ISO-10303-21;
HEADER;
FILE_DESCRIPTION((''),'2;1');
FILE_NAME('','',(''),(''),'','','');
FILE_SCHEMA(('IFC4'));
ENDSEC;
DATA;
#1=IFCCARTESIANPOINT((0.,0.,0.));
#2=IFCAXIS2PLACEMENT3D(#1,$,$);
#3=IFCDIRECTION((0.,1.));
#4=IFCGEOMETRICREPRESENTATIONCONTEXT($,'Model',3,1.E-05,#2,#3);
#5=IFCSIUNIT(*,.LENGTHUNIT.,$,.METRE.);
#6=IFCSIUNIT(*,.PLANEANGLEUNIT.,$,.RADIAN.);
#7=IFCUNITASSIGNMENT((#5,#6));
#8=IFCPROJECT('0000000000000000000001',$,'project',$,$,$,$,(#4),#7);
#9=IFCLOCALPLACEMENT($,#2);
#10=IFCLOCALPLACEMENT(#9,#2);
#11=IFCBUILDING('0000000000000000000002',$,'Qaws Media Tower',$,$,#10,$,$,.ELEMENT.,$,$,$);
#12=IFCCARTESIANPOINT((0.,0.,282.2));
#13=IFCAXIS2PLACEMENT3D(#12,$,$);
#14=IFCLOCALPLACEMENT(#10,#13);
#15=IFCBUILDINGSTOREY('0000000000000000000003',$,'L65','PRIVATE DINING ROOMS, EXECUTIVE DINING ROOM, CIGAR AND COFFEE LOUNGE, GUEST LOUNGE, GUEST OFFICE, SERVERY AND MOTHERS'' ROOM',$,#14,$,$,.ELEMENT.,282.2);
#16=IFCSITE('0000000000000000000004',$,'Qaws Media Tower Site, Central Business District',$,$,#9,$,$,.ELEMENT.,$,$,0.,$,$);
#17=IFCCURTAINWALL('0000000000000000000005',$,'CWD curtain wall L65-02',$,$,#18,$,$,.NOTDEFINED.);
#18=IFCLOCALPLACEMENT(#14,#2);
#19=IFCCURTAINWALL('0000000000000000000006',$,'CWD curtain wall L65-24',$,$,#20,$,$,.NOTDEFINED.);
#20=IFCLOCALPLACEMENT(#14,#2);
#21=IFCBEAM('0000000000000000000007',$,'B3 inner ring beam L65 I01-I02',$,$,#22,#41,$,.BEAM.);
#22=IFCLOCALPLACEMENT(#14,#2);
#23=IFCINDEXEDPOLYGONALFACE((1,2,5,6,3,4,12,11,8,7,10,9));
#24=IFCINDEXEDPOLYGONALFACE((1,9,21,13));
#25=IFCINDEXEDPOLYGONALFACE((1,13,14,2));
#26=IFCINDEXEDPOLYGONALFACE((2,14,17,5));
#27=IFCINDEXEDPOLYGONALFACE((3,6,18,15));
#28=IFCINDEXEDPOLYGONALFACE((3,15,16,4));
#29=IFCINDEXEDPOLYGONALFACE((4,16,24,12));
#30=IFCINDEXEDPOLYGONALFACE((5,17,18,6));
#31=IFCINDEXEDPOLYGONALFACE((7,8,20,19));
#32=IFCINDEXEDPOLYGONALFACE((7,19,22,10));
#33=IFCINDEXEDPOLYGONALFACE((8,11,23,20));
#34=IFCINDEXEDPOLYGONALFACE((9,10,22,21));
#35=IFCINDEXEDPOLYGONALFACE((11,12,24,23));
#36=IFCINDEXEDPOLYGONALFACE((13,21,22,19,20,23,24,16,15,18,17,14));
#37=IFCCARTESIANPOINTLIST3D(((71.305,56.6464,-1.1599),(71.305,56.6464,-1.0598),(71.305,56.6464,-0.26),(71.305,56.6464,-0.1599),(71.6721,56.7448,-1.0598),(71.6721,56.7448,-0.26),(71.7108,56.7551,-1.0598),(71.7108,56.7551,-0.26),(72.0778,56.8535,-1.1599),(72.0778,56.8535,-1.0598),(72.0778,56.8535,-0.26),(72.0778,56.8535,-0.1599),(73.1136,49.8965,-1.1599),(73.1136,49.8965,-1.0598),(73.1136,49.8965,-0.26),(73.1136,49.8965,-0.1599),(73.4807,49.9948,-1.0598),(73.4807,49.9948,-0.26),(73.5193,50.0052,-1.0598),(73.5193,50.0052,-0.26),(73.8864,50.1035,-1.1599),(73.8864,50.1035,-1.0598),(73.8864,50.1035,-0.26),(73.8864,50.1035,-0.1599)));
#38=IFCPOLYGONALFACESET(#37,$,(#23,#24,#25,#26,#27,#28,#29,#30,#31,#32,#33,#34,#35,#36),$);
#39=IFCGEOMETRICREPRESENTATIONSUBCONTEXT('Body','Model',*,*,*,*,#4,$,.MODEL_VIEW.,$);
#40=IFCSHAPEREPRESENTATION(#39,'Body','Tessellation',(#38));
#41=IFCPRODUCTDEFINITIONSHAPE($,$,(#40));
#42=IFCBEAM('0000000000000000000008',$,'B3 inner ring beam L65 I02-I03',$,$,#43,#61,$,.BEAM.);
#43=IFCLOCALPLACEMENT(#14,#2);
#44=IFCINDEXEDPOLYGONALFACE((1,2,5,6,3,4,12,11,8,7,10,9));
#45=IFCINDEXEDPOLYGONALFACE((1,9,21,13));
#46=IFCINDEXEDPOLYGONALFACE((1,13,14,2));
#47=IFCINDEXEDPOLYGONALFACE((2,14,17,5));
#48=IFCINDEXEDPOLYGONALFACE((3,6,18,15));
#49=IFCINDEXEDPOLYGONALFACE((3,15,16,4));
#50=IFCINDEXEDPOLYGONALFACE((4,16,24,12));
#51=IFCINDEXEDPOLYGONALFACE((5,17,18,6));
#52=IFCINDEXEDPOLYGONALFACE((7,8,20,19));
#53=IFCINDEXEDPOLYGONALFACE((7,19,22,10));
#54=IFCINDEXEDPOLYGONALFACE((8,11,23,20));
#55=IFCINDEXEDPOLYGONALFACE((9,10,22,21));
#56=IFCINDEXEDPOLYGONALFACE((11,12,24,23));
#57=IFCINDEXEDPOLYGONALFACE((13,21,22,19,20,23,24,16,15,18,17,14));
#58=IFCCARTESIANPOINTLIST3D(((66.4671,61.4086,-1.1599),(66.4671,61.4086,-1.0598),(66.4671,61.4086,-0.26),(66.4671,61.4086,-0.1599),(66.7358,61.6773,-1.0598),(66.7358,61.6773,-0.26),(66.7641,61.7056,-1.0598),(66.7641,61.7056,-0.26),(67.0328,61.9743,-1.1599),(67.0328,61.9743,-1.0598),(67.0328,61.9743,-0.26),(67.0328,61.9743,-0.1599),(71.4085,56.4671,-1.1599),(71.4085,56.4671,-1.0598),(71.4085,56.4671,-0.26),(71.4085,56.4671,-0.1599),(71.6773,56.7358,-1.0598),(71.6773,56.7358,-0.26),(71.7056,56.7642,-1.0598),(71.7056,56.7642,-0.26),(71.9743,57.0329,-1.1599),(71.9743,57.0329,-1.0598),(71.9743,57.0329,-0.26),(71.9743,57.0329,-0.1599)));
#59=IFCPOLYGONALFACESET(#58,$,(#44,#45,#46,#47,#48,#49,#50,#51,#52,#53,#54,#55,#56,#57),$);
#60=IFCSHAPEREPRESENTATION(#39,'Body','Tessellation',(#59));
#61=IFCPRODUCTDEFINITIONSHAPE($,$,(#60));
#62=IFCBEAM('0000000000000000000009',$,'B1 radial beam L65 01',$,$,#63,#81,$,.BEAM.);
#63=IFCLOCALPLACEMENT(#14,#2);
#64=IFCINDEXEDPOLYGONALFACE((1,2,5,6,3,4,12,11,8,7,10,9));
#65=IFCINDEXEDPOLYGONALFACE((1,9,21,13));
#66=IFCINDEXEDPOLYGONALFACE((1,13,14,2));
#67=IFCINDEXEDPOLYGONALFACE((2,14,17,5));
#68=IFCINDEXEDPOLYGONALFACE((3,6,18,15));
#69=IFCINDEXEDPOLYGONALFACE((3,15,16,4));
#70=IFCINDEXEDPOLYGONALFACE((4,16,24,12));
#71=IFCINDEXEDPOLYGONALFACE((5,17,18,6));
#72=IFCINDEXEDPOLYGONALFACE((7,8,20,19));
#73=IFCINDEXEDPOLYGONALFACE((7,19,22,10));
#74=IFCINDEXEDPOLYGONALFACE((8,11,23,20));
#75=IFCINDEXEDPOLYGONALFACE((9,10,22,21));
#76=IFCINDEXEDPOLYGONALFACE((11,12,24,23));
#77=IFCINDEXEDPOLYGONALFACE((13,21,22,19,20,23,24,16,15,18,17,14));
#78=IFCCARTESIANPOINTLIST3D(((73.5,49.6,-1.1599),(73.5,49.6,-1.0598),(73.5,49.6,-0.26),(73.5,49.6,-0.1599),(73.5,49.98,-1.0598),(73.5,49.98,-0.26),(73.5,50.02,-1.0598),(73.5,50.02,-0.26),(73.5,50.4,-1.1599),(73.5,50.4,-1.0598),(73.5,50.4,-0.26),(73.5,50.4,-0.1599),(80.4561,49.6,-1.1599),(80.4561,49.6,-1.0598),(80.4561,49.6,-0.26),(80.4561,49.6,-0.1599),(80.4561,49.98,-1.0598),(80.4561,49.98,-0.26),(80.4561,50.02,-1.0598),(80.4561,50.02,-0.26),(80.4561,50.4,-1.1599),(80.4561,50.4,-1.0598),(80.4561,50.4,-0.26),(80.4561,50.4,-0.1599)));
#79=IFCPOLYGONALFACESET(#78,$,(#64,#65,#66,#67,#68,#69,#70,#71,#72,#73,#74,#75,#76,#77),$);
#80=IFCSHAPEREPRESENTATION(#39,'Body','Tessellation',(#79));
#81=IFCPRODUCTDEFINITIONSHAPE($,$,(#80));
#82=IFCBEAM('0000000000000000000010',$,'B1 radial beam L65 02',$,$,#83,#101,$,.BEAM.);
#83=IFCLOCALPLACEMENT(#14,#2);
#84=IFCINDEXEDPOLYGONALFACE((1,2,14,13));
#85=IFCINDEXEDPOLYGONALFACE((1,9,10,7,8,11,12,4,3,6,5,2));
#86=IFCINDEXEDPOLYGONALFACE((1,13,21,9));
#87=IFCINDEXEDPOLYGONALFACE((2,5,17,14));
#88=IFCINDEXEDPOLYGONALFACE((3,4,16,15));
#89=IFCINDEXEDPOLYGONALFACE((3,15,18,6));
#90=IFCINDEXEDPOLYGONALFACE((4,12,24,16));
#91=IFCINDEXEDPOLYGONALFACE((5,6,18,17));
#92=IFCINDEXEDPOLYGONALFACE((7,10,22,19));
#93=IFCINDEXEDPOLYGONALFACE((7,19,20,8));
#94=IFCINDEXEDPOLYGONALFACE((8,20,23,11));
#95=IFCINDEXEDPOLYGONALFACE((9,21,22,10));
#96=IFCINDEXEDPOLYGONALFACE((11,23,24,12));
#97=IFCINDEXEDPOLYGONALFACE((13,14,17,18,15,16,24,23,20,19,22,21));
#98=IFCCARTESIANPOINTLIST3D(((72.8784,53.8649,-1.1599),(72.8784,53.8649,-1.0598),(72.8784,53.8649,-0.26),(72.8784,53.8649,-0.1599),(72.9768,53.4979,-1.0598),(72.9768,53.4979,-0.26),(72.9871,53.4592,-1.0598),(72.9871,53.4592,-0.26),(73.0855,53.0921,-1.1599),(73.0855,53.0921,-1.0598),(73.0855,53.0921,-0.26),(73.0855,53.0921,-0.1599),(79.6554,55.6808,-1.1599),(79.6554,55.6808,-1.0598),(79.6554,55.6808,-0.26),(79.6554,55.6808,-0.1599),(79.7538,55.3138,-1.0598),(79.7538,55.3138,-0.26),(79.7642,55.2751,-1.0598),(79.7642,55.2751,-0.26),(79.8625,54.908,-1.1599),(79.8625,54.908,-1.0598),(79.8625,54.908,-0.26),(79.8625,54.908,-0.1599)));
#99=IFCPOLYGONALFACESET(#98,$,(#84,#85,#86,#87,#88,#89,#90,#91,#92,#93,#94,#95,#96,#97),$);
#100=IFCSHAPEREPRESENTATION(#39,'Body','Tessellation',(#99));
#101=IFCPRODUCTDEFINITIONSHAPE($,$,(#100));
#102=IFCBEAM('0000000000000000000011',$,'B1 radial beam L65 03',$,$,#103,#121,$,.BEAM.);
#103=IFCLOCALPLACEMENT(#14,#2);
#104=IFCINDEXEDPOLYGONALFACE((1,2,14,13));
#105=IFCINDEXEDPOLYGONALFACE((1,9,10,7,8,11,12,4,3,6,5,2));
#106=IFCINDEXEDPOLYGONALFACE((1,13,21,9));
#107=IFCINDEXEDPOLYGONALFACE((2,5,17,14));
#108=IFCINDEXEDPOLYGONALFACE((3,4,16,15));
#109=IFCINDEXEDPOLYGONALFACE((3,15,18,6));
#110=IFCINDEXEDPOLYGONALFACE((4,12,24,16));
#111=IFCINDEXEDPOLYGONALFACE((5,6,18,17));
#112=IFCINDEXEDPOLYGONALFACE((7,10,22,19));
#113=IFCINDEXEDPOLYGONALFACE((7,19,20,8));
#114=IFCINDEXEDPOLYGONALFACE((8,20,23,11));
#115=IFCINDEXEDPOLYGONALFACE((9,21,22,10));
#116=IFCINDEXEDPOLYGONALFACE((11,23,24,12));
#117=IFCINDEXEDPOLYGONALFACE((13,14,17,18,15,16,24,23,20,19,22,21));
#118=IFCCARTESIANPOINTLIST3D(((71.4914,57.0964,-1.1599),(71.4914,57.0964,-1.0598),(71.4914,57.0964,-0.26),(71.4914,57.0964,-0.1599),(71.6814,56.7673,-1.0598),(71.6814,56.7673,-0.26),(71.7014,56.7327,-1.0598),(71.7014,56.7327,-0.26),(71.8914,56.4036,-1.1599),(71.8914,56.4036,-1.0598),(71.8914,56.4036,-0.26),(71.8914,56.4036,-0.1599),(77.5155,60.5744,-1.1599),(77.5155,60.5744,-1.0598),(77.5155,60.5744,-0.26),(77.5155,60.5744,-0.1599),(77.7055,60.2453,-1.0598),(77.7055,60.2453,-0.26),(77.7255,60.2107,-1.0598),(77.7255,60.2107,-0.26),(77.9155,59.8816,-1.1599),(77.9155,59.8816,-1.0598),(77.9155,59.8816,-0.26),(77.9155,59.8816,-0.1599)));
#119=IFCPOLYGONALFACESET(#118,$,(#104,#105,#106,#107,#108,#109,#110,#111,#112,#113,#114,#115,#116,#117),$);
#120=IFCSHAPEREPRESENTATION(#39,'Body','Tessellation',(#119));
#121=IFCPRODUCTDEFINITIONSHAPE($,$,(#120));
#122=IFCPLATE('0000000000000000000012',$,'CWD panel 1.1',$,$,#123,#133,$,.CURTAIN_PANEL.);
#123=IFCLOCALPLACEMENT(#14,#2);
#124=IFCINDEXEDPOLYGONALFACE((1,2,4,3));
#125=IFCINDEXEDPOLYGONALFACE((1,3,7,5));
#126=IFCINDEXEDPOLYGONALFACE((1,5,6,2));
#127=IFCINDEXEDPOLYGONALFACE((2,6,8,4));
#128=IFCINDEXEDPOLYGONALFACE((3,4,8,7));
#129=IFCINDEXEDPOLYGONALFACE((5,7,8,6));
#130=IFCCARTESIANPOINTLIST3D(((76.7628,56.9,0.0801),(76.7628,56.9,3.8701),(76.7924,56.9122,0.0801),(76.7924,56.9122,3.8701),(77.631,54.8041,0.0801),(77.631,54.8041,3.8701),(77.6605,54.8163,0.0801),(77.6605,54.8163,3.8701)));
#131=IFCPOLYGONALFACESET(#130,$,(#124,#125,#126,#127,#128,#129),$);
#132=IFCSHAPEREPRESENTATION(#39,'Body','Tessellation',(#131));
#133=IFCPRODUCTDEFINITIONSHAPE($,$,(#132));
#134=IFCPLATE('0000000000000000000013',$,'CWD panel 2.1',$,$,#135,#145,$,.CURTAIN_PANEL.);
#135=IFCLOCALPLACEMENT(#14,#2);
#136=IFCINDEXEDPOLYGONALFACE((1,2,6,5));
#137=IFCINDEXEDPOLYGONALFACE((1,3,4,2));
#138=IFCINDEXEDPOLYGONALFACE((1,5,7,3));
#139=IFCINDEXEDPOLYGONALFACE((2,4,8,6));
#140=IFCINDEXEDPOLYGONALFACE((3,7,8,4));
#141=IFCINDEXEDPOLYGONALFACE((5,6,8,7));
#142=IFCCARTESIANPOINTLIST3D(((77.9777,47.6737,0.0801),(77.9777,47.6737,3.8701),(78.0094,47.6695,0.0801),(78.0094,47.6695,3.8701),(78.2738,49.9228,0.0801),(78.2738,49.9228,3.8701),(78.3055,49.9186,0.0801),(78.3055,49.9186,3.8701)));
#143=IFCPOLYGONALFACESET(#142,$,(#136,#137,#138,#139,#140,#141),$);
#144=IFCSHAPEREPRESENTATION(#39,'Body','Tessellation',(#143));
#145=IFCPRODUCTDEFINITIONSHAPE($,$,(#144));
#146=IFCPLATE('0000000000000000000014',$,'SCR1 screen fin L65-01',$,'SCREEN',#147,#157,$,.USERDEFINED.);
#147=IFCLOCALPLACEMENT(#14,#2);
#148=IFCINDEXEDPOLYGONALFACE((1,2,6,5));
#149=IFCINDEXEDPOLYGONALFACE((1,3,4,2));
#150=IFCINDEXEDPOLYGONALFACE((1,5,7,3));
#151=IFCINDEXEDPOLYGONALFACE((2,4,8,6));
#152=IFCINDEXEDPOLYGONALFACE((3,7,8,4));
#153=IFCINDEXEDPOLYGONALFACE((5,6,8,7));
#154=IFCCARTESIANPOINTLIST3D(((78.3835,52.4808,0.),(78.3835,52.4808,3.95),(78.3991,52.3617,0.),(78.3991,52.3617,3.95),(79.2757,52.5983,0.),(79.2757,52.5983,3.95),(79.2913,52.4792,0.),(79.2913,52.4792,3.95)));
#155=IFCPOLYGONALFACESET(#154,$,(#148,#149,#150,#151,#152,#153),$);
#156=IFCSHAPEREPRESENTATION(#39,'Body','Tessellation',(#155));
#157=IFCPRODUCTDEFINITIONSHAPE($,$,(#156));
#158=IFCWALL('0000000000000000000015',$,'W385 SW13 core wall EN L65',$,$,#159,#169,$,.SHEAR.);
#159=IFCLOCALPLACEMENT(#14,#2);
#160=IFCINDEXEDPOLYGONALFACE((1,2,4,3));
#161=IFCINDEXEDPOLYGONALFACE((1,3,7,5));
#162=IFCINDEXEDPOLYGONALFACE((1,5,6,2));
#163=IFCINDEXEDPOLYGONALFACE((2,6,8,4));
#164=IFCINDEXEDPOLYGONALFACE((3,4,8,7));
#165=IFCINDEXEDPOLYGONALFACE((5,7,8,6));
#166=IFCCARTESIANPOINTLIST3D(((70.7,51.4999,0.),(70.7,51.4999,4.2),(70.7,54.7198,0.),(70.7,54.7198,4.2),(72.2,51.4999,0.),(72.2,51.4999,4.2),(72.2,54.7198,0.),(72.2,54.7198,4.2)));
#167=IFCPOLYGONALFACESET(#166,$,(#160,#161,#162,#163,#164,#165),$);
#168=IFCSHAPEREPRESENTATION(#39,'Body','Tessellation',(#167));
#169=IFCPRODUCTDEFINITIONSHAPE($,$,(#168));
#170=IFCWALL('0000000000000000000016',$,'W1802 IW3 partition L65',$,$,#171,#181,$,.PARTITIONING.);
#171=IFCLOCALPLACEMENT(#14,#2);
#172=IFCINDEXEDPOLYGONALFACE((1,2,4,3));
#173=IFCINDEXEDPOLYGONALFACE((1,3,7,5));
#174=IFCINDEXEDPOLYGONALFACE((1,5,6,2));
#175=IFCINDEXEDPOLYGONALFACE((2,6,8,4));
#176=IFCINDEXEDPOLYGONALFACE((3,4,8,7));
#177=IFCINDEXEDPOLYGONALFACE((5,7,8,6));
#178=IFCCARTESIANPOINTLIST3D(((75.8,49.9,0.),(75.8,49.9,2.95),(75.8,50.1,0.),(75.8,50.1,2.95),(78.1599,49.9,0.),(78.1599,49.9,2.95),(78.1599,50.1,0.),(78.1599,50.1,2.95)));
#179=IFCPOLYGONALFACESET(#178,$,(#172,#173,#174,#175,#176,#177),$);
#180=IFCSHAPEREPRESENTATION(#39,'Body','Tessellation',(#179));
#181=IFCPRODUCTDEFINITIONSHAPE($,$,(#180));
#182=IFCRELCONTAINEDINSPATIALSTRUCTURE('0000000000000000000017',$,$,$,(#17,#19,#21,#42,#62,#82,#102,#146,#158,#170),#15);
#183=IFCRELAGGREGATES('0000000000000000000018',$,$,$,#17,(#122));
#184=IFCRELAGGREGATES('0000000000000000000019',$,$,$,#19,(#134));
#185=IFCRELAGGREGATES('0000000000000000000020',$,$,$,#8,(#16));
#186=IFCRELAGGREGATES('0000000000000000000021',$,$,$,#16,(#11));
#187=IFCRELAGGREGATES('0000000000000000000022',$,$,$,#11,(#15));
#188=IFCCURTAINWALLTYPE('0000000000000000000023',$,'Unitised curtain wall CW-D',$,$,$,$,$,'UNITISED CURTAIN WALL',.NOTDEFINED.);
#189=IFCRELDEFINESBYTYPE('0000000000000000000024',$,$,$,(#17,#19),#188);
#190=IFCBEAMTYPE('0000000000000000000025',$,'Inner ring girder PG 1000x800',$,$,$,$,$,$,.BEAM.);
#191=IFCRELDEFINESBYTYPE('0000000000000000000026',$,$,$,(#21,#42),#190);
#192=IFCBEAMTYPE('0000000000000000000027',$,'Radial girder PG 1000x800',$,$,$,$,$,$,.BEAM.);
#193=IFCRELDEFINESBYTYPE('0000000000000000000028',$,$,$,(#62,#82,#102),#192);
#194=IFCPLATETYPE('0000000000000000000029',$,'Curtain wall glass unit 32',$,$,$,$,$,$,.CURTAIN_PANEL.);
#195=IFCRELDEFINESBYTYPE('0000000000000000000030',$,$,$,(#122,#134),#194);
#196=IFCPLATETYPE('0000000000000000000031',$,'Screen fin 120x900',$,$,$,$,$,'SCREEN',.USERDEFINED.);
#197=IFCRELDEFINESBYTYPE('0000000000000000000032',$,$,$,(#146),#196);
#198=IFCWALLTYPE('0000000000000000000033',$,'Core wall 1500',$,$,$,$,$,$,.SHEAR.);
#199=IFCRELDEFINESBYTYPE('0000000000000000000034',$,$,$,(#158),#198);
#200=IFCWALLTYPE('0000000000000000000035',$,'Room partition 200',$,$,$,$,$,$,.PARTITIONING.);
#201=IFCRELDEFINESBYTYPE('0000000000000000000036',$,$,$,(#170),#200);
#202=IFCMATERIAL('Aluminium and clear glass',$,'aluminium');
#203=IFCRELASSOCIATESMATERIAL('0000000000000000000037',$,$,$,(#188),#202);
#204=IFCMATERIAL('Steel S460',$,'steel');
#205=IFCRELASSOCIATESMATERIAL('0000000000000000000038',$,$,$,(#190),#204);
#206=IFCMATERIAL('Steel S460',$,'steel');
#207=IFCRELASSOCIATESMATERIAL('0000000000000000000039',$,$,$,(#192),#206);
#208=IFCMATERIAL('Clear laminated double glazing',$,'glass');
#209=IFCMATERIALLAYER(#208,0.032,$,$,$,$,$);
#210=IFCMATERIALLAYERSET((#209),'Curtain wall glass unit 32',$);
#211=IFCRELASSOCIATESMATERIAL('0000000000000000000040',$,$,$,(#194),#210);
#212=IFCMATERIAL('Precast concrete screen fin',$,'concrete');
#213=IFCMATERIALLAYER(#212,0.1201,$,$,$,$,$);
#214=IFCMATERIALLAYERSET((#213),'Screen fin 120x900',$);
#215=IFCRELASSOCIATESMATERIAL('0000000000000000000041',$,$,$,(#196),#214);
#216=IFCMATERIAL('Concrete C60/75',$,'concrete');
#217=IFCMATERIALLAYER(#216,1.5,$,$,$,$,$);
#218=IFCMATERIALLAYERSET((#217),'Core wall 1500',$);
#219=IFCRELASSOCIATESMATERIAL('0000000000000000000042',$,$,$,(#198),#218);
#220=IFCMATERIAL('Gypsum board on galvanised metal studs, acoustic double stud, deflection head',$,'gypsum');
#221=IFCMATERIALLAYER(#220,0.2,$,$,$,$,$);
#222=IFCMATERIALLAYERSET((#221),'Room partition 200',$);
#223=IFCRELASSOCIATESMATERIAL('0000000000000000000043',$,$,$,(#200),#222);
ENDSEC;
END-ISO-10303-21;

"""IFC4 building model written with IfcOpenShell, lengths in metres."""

from ifc_helpers import new_model, si_unit, direction, frame, frame_2d, origin, origin_2d, place, context, subcontext, project, spatial, rectangle, i_section, extrude, material, layer, layer_set, material_profile, profile_set, type_object, element, aggregate, save


model = new_model("IFC4")

# Units and contexts
model_context = context("Model", 3, precision=1e-05, world=origin(), true_north=direction((0.0, 1.0)))
body_context = subcontext(model_context, "Body", "Model", "MODEL_VIEW")
ifc_project = project(units=[si_unit("LENGTHUNIT", "METRE"), si_unit("PLANEANGLEUNIT", "RADIAN")], contexts=[model_context])

# Site, building, storey
site_placement = place(None, origin())
site = spatial("IfcSite", under=ifc_project, at=site_placement, Name="Qaws Media Tower Site, Central Business District", CompositionType="ELEMENT", RefElevation=0.0)
building_placement = place(site_placement, origin())
building = spatial("IfcBuilding", under=site, at=building_placement, Name="Qaws Media Tower", CompositionType="ELEMENT")
storey_placement = place(building_placement, frame((0.0, 0.0, 282.2)))
storey = spatial("IfcBuildingStorey", under=building, at=storey_placement, Name="L65", Description="PRIVATE DINING ROOMS, EXECUTIVE DINING ROOM, CIGAR AND COFFEE LOUNGE, GUEST LOUNGE, GUEST OFFICE, SERVERY AND MOTHERS' ROOM", CompositionType="ELEMENT", Elevation=282.2)

# Curtain wall
ifc_material_1 = material(Name="Aluminium and clear glass", Category="aluminium")
curtain_wall_type = type_object("IfcCurtainWallType", Name="Unitised curtain wall CW-D", ElementType="UNITISED CURTAIN WALL", PredefinedType="NOTDEFINED", material=ifc_material_1)
curtain_wall_1_placement = place(storey_placement, origin())
curtain_wall_1 = element("IfcCurtainWall", 1, at=curtain_wall_1_placement, inside=storey, type_object=curtain_wall_type, Name="CWD curtain wall L65-02", PredefinedType="NOTDEFINED")

# Curtain wall
curtain_wall_2_placement = place(storey_placement, origin())
curtain_wall_2 = element("IfcCurtainWall", 2, at=curtain_wall_2_placement, inside=storey, type_object=curtain_wall_type, Name="CWD curtain wall L65-24", PredefinedType="NOTDEFINED")

# Beams
ifc_material_2 = material(Name="Steel S460", Category="steel")
ifc_material_profile_1 = material_profile(ifc_material_2, i_section(OverallWidth=0.8, OverallDepth=1.0, WebThickness=0.04, FlangeThickness=0.1001, at=origin_2d()), Name="PG 1000x800")
ifc_profile_set_1 = profile_set([ifc_material_profile_1], Name="Steel S460")
beam_type_1 = type_object("IfcBeamType", Name="Inner ring girder PG 1000x800", PredefinedType="BEAM", material=ifc_profile_set_1)
beam_1_placement = place(storey_placement, frame((73.5, 50.0, -0.6599), z_axis=(-0.258811, 0.965928, 0.0), x_axis=(-0.965928, -0.258811, 0.0)))
element("IfcBeam", 3, at=beam_1_placement, inside=storey, type_object=beam_type_1, Name="B3 inner ring beam L65 I01-I02", PredefinedType="BEAM", context=body_context, shape_type="SweptSolid", body=[
    extrude(i_section(OverallWidth=0.8, OverallDepth=1.0, WebThickness=0.04, FlangeThickness=0.1001, at=origin_2d()), origin(), (0.0, 0.0, 1.0), 6.988),
])
beam_2_placement = place(storey_placement, frame((71.6914, 56.75, -0.6599), z_axis=(-0.707107, 0.707107, 0.0), x_axis=(-0.707107, -0.707107, 0.0)))
element("IfcBeam", 4, at=beam_2_placement, inside=storey, type_object=beam_type_1, Name="B3 inner ring beam L65 I02-I03", PredefinedType="BEAM", context=body_context, shape_type="SweptSolid", body=[
    extrude(i_section(OverallWidth=0.8, OverallDepth=1.0, WebThickness=0.04, FlangeThickness=0.1001, at=origin_2d()), origin(), (0.0, 0.0, 1.0), 6.9883),
])
ifc_material_3 = material(Name="Steel S460", Category="steel")
ifc_material_profile_2 = material_profile(ifc_material_3, i_section(OverallWidth=0.8, OverallDepth=1.0, WebThickness=0.04, FlangeThickness=0.1001, at=origin_2d()), Name="PG 1000x800")
ifc_profile_set_2 = profile_set([ifc_material_profile_2], Name="Steel S460")
beam_type_2 = type_object("IfcBeamType", Name="Radial girder PG 1000x800", PredefinedType="BEAM", material=ifc_profile_set_2)
beam_3_placement = place(storey_placement, frame((73.5, 50.0, -0.6599), z_axis=(1.0, 0.0, 0.0), x_axis=(0.0, 1.0, 0.0)))
element("IfcBeam", 5, at=beam_3_placement, inside=storey, type_object=beam_type_2, Name="B1 radial beam L65 01", PredefinedType="BEAM", context=body_context, shape_type="SweptSolid", body=[
    extrude(i_section(OverallWidth=0.8, OverallDepth=1.0, WebThickness=0.04, FlangeThickness=0.1001, at=origin_2d()), origin(), (0.0, 0.0, 1.0), 6.9561),
])
beam_4_placement = place(storey_placement, frame((72.9819, 53.4785, -0.6599), z_axis=(0.965926, 0.258819, 0.0), x_axis=(-0.258819, 0.965926, 0.0)))
element("IfcBeam", 6, at=beam_4_placement, inside=storey, type_object=beam_type_2, Name="B1 radial beam L65 02", PredefinedType="BEAM", context=body_context, shape_type="SweptSolid", body=[
    extrude(i_section(OverallWidth=0.8, OverallDepth=1.0, WebThickness=0.04, FlangeThickness=0.1001, at=origin_2d()), origin(), (0.0, 0.0, 1.0), 7.0161),
])
beam_5_placement = place(storey_placement, frame((71.6914, 56.75, -0.6599), z_axis=(0.866027, 0.499997, 0.0), x_axis=(-0.499997, 0.866027, 0.0)))
element("IfcBeam", 7, at=beam_5_placement, inside=storey, type_object=beam_type_2, Name="B1 radial beam L65 03", PredefinedType="BEAM", context=body_context, shape_type="SweptSolid", body=[
    extrude(i_section(OverallWidth=0.8, OverallDepth=1.0, WebThickness=0.04, FlangeThickness=0.1001, at=origin_2d()), origin(), (0.0, 0.0, 1.0), 6.9561),
])

# Plates
ifc_material_4 = material(Name="Clear laminated double glazing", Category="glass")
ifc_layer_1 = layer(ifc_material_4, 0.032)
ifc_layer_set_1 = layer_set([ifc_layer_1], Name="Curtain wall glass unit 32")
plate_type_1 = type_object("IfcPlateType", Name="Curtain wall glass unit 32", PredefinedType="CURTAIN_PANEL", material=ifc_layer_set_1)
plate_1_placement = place(storey_placement, frame((77.2117, 55.8582, 0.0801), z_axis=(0.0, 0.0, 1.0), x_axis=(-0.382684, 0.923879, 0.0)))
plate_1 = element("IfcPlate", 8, at=plate_1_placement, type_object=plate_type_1, Name="CWD panel 1.1", PredefinedType="CURTAIN_PANEL", context=body_context, shape_type="SweptSolid", body=[
    extrude(rectangle(XDim=2.2686, YDim=0.032, at=origin_2d()), origin(), (0.0, 0.0, 1.0), 3.79),
])
aggregate(curtain_wall_1, [plate_1])
plate_2_placement = place(storey_placement, frame((78.1416, 48.7961, 0.0801), z_axis=(0.0, 0.0, 1.0), x_axis=(0.130526, 0.991445, 0.0)))
plate_2 = element("IfcPlate", 9, at=plate_2_placement, type_object=plate_type_1, Name="CWD panel 2.1", PredefinedType="CURTAIN_PANEL", context=body_context, shape_type="SweptSolid", body=[
    extrude(rectangle(XDim=2.2686, YDim=0.032, at=origin_2d()), origin(), (0.0, 0.0, 1.0), 3.79),
])
aggregate(curtain_wall_2, [plate_2])
ifc_material_5 = material(Name="Precast concrete screen fin", Category="concrete")
ifc_layer_2 = layer(ifc_material_5, 0.1201)
ifc_layer_set_2 = layer_set([ifc_layer_2], Name="Screen fin 120x900")
plate_type_2 = type_object("IfcPlateType", Name="Screen fin 120x900", ElementType="SCREEN", PredefinedType="USERDEFINED", material=ifc_layer_set_2)
plate_3_placement = place(storey_placement, frame((78.8374, 52.48, 0.0), z_axis=(0.0, 0.0, 1.0), x_axis=(0.991445, 0.130526, 0.0)))
element("IfcPlate", 10, at=plate_3_placement, inside=storey, type_object=plate_type_2, Name="SCR1 screen fin L65-01", ObjectType="SCREEN", PredefinedType="USERDEFINED", context=body_context, shape_type="SweptSolid", body=[
    extrude(rectangle(XDim=0.8999, YDim=0.1201, at=origin_2d()), origin(), (0.0, 0.0, 1.0), 3.95),
])

# Wall
ifc_material_6 = material(Name="Concrete C60/75", Category="concrete")
ifc_layer_3 = layer(ifc_material_6, 1.5)
ifc_layer_set_3 = layer_set([ifc_layer_3], Name="Core wall 1500")
wall_type_1 = type_object("IfcWallType", Name="Core wall 1500", PredefinedType="SHEAR", material=ifc_layer_set_3)
wall_1_placement = place(storey_placement, frame((71.45, 51.5, 0.0), z_axis=(0.0, 0.0, 1.0), x_axis=(0.0, 1.0, 0.0)))
element("IfcWall", 11, at=wall_1_placement, inside=storey, type_object=wall_type_1, Name="W385 SW13 core wall EN L65", PredefinedType="SHEAR", context=body_context, shape_type="SweptSolid", body=[
    extrude(rectangle(XDim=3.22, YDim=1.5, at=frame_2d((1.6099, 0.0))), origin(), (0.0, 0.0, 1.0), 4.2),
])

# Shared definitions
ifc_material_7 = material(Name="Gypsum board on galvanised metal studs, acoustic double stud, deflection head", Category="gypsum")
ifc_layer_4 = layer(ifc_material_7, 0.2)
ifc_layer_set_4 = layer_set([ifc_layer_4], Name="Room partition 200")
wall_type_2 = type_object("IfcWallType", Name="Room partition 200", PredefinedType="PARTITIONING", material=ifc_layer_set_4)

# Wall
wall_2_placement = place(storey_placement, frame((75.8, 50.0, 0.0), z_axis=(0.0, 0.0, 1.0), x_axis=(1.0, 0.0, 0.0)))
element("IfcWall", 12, at=wall_2_placement, inside=storey, type_object=wall_type_2, Name="W1802 IW3 partition L65", PredefinedType="PARTITIONING", context=body_context, shape_type="SweptSolid", body=[
    extrude(rectangle(XDim=2.3599, YDim=0.2, at=frame_2d((1.1799, 0.0))), origin(), (0.0, 0.0, 1.0), 2.95),
])

save(model, "model.ifc")
